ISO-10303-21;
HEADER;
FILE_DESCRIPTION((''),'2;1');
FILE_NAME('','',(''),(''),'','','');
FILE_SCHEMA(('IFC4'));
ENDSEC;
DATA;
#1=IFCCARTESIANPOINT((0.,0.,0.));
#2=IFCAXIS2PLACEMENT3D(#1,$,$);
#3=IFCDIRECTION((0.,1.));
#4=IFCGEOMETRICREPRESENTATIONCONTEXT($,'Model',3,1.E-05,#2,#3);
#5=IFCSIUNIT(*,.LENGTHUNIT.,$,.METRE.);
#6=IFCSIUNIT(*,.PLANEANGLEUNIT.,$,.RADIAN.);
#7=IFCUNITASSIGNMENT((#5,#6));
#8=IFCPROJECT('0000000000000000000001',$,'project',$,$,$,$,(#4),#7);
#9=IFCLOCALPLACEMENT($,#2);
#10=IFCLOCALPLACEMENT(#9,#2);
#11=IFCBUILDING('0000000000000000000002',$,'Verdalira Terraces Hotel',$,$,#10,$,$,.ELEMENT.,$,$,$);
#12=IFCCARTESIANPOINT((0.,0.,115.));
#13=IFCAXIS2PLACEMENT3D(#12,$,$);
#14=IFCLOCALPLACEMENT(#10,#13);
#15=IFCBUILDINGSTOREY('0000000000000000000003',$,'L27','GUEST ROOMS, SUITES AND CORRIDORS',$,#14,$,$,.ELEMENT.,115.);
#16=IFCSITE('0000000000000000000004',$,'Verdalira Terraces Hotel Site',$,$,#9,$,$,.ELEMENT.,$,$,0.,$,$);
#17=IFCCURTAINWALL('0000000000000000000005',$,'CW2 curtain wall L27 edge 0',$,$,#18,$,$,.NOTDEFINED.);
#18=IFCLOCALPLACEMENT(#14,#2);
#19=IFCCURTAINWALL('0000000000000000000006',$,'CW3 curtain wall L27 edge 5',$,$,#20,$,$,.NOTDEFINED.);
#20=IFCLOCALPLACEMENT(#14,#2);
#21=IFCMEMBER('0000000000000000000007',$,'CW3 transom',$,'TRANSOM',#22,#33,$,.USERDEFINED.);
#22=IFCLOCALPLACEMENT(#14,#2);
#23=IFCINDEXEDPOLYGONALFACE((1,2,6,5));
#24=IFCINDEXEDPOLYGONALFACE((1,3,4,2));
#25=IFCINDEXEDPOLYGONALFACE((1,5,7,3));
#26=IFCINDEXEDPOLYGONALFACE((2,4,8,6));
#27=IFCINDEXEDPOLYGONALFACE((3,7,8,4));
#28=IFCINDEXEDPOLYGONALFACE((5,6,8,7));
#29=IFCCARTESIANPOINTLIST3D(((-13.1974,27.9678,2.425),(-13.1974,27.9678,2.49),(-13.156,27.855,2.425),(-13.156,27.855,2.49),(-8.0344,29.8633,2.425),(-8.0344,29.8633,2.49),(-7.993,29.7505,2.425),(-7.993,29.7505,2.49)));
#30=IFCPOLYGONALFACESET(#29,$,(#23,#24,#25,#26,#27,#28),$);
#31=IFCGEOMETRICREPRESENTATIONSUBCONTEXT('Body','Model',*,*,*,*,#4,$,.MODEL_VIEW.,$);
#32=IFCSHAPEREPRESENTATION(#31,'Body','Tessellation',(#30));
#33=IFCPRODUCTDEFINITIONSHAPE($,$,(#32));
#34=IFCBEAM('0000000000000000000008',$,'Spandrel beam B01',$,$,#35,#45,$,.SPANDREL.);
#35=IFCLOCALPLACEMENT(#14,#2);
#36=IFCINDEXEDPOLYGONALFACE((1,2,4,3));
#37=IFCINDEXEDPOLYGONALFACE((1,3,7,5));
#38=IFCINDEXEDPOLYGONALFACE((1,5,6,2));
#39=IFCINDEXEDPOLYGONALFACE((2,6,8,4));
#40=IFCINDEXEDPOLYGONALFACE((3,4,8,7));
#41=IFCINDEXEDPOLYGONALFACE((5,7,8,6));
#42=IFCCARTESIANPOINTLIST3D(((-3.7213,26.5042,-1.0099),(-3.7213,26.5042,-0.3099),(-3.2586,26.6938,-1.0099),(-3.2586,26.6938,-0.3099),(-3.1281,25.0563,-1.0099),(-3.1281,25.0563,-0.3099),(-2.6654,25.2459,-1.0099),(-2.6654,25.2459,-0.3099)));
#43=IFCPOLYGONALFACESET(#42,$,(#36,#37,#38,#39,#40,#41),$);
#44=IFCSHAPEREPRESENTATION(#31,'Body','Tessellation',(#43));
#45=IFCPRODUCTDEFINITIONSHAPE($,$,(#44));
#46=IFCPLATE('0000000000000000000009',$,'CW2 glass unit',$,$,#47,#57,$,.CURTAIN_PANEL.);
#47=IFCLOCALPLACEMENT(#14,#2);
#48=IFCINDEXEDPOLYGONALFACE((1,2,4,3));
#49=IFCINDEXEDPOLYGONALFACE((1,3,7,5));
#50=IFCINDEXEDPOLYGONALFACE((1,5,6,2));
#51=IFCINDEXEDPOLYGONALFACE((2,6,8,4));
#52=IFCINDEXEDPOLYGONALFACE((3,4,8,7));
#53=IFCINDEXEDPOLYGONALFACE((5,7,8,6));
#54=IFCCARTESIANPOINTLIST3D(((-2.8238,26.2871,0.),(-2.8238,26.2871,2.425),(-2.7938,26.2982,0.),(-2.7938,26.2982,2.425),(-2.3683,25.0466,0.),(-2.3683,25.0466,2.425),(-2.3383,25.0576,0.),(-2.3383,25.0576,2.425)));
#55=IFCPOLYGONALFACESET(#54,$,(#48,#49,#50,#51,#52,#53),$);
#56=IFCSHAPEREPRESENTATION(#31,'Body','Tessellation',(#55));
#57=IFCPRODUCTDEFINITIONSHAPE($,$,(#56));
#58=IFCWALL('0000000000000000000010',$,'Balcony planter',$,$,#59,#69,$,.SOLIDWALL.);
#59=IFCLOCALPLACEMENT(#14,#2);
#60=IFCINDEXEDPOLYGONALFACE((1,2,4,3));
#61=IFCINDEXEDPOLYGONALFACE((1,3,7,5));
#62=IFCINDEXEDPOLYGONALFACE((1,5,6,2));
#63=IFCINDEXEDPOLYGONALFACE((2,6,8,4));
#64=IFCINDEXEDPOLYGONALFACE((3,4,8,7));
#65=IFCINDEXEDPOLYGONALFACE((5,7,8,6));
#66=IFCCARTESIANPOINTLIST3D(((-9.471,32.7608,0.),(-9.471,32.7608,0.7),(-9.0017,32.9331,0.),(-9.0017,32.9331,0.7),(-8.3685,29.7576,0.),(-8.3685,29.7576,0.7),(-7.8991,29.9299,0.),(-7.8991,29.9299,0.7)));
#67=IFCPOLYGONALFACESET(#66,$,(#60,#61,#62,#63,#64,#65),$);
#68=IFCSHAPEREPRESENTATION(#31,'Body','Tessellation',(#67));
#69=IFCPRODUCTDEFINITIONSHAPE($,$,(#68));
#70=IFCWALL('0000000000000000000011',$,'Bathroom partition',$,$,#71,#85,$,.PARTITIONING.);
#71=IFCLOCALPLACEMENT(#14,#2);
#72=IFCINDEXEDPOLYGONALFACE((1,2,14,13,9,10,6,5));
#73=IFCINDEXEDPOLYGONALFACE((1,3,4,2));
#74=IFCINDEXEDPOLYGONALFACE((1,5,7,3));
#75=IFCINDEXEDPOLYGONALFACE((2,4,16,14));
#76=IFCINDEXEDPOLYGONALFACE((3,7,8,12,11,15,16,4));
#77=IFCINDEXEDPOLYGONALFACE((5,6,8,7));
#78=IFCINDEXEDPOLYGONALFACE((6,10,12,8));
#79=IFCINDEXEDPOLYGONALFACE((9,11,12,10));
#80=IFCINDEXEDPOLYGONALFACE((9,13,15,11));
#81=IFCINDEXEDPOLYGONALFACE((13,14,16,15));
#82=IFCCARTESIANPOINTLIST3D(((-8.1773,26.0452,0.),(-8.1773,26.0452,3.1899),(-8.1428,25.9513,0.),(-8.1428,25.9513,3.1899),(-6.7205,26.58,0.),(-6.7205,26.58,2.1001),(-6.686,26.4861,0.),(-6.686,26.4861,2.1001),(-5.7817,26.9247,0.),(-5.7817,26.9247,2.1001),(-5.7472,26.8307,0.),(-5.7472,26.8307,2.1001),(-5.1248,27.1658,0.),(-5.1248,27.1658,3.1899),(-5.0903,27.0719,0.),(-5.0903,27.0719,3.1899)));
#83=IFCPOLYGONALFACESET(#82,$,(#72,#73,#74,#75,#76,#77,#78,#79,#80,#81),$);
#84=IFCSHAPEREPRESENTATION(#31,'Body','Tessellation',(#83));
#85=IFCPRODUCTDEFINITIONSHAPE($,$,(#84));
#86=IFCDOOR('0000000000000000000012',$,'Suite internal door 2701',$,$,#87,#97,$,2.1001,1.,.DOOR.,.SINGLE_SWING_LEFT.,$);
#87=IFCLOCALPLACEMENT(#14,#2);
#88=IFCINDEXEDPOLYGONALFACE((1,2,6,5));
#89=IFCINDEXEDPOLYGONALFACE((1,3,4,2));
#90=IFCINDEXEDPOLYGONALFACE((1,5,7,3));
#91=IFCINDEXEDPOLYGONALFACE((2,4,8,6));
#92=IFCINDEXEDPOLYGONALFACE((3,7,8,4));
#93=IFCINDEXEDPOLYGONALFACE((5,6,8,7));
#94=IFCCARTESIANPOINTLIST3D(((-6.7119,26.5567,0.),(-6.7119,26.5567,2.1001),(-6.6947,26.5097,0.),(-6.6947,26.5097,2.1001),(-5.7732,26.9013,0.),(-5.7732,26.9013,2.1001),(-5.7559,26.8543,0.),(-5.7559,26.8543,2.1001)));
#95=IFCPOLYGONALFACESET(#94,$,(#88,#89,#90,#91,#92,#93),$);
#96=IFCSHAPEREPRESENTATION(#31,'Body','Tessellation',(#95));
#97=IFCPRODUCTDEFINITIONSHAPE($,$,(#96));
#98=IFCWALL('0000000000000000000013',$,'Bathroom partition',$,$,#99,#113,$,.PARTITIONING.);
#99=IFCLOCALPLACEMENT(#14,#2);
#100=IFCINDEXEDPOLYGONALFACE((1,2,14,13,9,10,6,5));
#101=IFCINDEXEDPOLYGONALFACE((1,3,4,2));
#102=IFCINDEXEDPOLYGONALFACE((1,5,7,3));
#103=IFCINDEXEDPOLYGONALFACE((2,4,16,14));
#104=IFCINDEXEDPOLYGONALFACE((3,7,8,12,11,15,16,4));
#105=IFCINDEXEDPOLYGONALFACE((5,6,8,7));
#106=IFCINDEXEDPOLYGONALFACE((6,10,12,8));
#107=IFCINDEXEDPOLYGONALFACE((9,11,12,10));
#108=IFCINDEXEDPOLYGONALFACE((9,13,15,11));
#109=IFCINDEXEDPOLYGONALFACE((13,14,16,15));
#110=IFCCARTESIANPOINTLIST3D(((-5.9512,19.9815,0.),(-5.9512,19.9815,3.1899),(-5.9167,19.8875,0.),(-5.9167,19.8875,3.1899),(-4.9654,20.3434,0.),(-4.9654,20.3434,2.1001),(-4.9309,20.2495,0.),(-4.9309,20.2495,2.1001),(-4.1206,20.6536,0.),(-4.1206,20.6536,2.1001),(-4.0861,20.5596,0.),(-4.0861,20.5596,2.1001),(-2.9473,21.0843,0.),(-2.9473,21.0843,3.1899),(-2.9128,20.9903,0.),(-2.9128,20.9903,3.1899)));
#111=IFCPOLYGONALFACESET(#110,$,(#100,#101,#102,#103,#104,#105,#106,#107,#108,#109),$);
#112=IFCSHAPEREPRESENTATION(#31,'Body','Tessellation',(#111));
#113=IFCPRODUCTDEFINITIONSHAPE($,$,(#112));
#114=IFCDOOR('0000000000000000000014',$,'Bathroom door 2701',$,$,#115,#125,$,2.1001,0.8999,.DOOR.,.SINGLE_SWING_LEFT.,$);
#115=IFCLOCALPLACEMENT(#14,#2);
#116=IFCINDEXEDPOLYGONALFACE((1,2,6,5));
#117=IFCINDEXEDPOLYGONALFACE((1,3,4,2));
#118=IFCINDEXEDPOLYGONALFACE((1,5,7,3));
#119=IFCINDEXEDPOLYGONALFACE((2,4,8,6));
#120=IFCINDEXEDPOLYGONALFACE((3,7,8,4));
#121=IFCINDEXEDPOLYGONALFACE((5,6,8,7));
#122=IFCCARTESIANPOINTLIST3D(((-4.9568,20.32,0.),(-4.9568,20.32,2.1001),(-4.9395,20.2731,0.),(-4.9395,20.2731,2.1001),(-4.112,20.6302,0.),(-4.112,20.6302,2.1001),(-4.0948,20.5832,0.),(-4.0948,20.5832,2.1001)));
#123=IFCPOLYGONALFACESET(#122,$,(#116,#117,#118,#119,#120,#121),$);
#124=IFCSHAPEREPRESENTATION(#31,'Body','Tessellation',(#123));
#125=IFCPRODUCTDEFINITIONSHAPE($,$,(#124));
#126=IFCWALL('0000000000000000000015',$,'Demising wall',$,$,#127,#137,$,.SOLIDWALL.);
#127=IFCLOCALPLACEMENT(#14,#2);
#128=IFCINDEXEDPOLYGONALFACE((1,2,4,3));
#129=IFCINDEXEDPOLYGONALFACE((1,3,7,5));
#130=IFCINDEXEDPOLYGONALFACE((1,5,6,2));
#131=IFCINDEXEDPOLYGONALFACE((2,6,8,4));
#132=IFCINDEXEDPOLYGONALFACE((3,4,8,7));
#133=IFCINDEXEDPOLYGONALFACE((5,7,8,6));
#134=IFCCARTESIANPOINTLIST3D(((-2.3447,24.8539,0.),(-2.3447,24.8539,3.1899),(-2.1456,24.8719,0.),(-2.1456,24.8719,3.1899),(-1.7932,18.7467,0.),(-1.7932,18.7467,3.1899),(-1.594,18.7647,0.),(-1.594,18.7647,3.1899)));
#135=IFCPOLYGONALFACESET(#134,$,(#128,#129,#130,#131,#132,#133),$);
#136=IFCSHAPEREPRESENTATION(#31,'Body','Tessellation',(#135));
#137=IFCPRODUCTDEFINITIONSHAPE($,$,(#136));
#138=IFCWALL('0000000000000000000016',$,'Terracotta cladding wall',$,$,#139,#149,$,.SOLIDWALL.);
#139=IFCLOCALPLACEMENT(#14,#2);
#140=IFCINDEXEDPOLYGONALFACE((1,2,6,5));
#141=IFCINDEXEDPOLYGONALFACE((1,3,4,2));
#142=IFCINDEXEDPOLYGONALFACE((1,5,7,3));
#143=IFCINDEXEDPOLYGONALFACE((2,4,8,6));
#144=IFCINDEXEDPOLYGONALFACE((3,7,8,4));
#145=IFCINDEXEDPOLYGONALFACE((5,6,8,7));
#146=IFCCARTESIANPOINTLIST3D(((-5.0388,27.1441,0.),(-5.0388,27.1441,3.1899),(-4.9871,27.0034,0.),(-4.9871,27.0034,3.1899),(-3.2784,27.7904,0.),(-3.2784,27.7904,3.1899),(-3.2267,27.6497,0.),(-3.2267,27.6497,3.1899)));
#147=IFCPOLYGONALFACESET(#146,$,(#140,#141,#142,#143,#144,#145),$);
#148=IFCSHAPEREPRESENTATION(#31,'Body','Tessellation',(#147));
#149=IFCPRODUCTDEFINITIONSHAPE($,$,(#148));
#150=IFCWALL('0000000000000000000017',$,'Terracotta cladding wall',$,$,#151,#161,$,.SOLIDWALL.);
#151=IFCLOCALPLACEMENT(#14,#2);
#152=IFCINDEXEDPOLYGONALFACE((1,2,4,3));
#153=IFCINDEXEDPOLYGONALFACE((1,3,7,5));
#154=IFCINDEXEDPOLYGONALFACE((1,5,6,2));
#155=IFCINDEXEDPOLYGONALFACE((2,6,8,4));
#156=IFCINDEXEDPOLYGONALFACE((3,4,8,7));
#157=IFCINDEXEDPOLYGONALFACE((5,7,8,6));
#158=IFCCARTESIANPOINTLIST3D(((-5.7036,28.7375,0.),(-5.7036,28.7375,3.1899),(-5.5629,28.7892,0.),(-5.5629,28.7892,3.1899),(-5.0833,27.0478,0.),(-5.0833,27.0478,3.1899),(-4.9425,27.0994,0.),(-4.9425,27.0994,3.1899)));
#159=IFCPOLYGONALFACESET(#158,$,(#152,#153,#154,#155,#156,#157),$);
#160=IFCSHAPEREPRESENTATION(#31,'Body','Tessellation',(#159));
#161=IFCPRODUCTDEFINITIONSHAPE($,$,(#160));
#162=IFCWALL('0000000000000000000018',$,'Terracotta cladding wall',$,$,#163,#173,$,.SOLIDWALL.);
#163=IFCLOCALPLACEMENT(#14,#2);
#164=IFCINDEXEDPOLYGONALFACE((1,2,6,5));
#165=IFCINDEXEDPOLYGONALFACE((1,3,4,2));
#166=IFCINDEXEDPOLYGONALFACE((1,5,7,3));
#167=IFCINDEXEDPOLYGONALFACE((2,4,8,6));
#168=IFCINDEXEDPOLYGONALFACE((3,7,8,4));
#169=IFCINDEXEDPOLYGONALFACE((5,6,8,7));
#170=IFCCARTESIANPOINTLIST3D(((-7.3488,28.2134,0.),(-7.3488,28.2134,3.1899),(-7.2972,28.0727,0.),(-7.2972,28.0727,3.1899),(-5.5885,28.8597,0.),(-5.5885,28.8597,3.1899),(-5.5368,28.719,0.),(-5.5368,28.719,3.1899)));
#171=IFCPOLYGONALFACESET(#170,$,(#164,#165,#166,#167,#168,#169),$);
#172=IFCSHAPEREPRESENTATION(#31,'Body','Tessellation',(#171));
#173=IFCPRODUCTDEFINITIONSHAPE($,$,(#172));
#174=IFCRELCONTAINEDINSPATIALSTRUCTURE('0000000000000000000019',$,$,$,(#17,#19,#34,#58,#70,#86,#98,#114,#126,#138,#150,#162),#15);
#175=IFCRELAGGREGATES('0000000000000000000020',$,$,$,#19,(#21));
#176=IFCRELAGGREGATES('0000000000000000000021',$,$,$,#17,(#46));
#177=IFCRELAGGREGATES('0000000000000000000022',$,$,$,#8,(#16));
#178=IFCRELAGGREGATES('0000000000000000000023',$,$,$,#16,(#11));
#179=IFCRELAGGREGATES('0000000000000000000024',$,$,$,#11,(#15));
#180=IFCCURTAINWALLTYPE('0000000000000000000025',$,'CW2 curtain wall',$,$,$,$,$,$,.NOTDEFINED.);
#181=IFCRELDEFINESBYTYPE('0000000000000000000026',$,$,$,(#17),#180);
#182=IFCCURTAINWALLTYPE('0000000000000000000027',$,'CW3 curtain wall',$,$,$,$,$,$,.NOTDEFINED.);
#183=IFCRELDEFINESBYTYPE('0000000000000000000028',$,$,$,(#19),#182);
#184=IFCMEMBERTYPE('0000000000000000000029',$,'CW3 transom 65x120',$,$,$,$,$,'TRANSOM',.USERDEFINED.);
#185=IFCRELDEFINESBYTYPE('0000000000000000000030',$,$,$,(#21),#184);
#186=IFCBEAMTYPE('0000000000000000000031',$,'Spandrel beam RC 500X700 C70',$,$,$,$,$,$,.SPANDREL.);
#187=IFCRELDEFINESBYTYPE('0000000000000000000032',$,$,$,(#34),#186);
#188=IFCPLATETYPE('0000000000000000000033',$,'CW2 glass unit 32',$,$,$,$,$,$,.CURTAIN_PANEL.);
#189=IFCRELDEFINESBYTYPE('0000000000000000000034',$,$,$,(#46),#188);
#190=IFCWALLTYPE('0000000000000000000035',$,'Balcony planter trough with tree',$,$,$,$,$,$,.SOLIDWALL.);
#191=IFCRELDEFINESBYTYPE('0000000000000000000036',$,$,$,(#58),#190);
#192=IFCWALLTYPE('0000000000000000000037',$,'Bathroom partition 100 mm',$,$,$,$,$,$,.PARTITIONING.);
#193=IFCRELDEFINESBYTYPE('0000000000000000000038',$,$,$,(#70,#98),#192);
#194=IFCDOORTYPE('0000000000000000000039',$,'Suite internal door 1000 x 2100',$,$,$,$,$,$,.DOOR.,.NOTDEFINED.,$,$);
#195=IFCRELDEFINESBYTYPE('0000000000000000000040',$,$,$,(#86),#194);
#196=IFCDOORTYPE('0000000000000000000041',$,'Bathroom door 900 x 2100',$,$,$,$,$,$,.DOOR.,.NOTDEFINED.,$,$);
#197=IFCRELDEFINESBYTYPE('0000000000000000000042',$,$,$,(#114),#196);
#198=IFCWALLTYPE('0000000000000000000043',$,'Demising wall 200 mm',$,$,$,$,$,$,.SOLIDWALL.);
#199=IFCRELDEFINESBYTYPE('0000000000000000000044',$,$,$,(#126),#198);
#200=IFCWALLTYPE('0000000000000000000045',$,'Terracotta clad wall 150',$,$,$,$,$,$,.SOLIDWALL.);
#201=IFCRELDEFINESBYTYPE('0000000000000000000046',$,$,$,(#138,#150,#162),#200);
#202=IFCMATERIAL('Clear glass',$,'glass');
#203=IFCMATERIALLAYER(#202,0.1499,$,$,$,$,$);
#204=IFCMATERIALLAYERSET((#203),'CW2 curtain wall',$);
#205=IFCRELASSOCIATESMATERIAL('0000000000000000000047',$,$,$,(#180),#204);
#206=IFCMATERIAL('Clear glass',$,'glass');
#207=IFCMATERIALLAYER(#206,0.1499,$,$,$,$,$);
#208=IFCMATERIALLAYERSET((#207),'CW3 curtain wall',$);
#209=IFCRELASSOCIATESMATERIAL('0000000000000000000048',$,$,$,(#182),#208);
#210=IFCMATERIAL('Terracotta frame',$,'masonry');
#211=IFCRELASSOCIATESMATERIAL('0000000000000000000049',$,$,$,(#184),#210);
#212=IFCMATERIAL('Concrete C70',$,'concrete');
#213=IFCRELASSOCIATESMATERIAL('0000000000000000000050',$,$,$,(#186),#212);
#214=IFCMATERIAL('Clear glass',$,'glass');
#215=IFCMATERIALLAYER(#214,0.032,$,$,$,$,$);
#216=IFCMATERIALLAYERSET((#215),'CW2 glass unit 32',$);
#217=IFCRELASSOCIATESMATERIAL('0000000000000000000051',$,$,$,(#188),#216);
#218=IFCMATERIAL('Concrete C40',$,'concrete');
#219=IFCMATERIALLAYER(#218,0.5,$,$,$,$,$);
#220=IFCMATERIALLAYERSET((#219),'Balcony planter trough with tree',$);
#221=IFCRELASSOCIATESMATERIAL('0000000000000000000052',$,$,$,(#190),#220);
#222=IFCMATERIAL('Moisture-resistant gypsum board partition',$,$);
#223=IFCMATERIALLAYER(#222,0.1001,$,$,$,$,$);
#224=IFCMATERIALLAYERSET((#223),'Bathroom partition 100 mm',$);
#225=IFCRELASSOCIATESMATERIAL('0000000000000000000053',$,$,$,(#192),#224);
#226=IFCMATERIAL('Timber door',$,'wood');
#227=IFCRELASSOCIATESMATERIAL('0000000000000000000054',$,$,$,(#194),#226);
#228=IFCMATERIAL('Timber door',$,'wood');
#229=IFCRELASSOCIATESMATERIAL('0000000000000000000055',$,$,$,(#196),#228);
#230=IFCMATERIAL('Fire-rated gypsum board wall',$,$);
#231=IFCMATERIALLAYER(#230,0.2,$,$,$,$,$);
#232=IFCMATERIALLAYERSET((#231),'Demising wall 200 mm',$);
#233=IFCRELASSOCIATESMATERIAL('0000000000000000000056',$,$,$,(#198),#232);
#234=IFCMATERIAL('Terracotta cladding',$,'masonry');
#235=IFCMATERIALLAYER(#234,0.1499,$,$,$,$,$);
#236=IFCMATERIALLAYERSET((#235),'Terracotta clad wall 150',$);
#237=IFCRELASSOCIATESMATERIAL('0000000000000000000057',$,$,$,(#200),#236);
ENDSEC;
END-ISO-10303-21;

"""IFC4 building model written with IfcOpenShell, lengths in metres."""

from ifc_helpers import new_model, si_unit, direction, frame, frame_2d, origin, origin_2d, place, context, subcontext, project, spatial, rectangle, extrude, material, layer, layer_set, material_profile, profile_set, type_object, element, fill, aggregate, save


model = new_model("IFC4")

# Units and contexts
model_context = context("Model", 3, precision=1e-05, world=origin(), true_north=direction((0.0, 1.0)))
body_context = subcontext(model_context, "Body", "Model", "MODEL_VIEW")
ifc_project = project(units=[si_unit("LENGTHUNIT", "METRE"), si_unit("PLANEANGLEUNIT", "RADIAN")], contexts=[model_context])

# Site, building, storey
site_placement = place(None, origin())
site = spatial("IfcSite", under=ifc_project, at=site_placement, Name="Verdalira Terraces Hotel Site", CompositionType="ELEMENT", RefElevation=0.0)
building_placement = place(site_placement, origin())
building = spatial("IfcBuilding", under=site, at=building_placement, Name="Verdalira Terraces Hotel", CompositionType="ELEMENT")
storey_placement = place(building_placement, frame((0.0, 0.0, 115.0)))
storey = spatial("IfcBuildingStorey", under=building, at=storey_placement, Name="L27", Description="GUEST ROOMS, SUITES AND CORRIDORS", CompositionType="ELEMENT", Elevation=115.0)

# Curtain walls, member
ifc_material_1 = material(Name="Clear glass", Category="glass")
ifc_layer_1 = layer(ifc_material_1, 0.1499)
ifc_layer_set_1 = layer_set([ifc_layer_1], Name="CW2 curtain wall")
curtain_wall_type_1 = type_object("IfcCurtainWallType", Name="CW2 curtain wall", PredefinedType="NOTDEFINED", material=ifc_layer_set_1)
curtain_wall_1_placement = place(storey_placement, origin())
curtain_wall_1 = element("IfcCurtainWall", 1, at=curtain_wall_1_placement, inside=storey, type_object=curtain_wall_type_1, Name="CW2 curtain wall L27 edge 0", PredefinedType="NOTDEFINED")
ifc_material_2 = material(Name="Clear glass", Category="glass")
ifc_layer_2 = layer(ifc_material_2, 0.1499)
ifc_layer_set_2 = layer_set([ifc_layer_2], Name="CW3 curtain wall")
curtain_wall_type_2 = type_object("IfcCurtainWallType", Name="CW3 curtain wall", PredefinedType="NOTDEFINED", material=ifc_layer_set_2)
curtain_wall_2_placement = place(storey_placement, origin())
curtain_wall_2 = element("IfcCurtainWall", 2, at=curtain_wall_2_placement, inside=storey, type_object=curtain_wall_type_2, Name="CW3 curtain wall L27 edge 5", PredefinedType="NOTDEFINED")
ifc_material_3 = material(Name="Terracotta frame", Category="masonry")
ifc_material_profile_1 = material_profile(ifc_material_3, rectangle(XDim=0.1201, YDim=0.0649, at=origin_2d()), Name="TR 65x120")
ifc_profile_set_1 = profile_set([ifc_material_profile_1], Name="Terracotta frame")
member_type_1 = type_object("IfcMemberType", Name="CW3 transom 65x120", ElementType="TRANSOM", PredefinedType="USERDEFINED", material=ifc_profile_set_1)
member_1_placement = place(storey_placement, frame((-8.0137, 29.8069, 2.4575), z_axis=(-0.938737, -0.344635, 0.0), x_axis=(0.344635, -0.938737, 0.0)))
member_1 = element("IfcMember", 3, at=member_1_placement, type_object=member_type_1, Name="CW3 transom", ObjectType="TRANSOM", PredefinedType="USERDEFINED", context=body_context, shape_type="SweptSolid", body=[
    extrude(rectangle(XDim=0.1201, YDim=0.0649, at=origin_2d()), origin(), (0.0, 0.0, 1.0), 5.5),
])
aggregate(curtain_wall_2, [member_1])

# Beam
ifc_material_4 = material(Name="Concrete C70", Category="concrete")
ifc_material_profile_2 = material_profile(ifc_material_4, rectangle(XDim=0.5, YDim=0.7, at=origin_2d()), Name="RC 500X700")
ifc_profile_set_2 = profile_set([ifc_material_profile_2], Name="Concrete C70")
beam_type_1 = type_object("IfcBeamType", Name="Spandrel beam RC 500X700 C70", PredefinedType="SPANDREL", material=ifc_profile_set_2)
beam_1_placement = place(storey_placement, frame((-2.8967, 25.1511, -0.6599), z_axis=(-0.379125, 0.925346, 0.0), x_axis=(-0.925346, -0.379125, 0.0)))
element("IfcBeam", 4, at=beam_1_placement, inside=storey, type_object=beam_type_1, Name="Spandrel beam B01", PredefinedType="SPANDREL", context=body_context, shape_type="SweptSolid", body=[
    extrude(rectangle(XDim=0.5, YDim=0.7, at=origin_2d()), origin(), (0.0, 0.0, 1.0), 1.5647),
])

# Plate
ifc_material_5 = material(Name="Clear glass", Category="glass")
ifc_layer_3 = layer(ifc_material_5, 0.032)
ifc_layer_set_3 = layer_set([ifc_layer_3], Name="CW2 glass unit 32")
plate_type = type_object("IfcPlateType", Name="CW2 glass unit 32", PredefinedType="CURTAIN_PANEL", material=ifc_layer_set_3)
plate_placement = place(storey_placement, frame((-2.5811, 25.6724, 0.0), z_axis=(0.0, 0.0, 1.0), x_axis=(-0.344643, 0.938734, 0.0)))
plate = element("IfcPlate", 5, at=plate_placement, type_object=plate_type, Name="CW2 glass unit", PredefinedType="CURTAIN_PANEL", context=body_context, shape_type="SweptSolid", body=[
    extrude(rectangle(XDim=1.3215, YDim=0.032, at=origin_2d()), origin(), (0.0, 0.0, 1.0), 2.425),
])
aggregate(curtain_wall_1, [plate])

# Wall
ifc_material_6 = material(Name="Concrete C40", Category="concrete")
ifc_layer_4 = layer(ifc_material_6, 0.5)
ifc_layer_set_4 = layer_set([ifc_layer_4], Name="Balcony planter trough with tree")
wall_type_1 = type_object("IfcWallType", Name="Balcony planter trough with tree", PredefinedType="SOLIDWALL", material=ifc_layer_set_4)
wall_1_placement = place(storey_placement, frame((-8.1338, 29.8438, 0.0), z_axis=(0.0, 0.0, 1.0), x_axis=(-0.344634, 0.938737, 0.0)))
element("IfcWall", 6, at=wall_1_placement, inside=storey, type_object=wall_type_1, Name="Balcony planter", PredefinedType="SOLIDWALL", context=body_context, shape_type="SweptSolid", body=[
    extrude(rectangle(XDim=3.1992, YDim=0.5, at=frame_2d((1.5996, 0.0))), origin(), (0.0, 0.0, 1.0), 0.7),
])

# Walls, openings, doors
ifc_material_7 = material(Name="Moisture-resistant gypsum board partition")
ifc_layer_5 = layer(ifc_material_7, 0.1001)
ifc_layer_set_5 = layer_set([ifc_layer_5], Name="Bathroom partition 100 mm")
wall_type_2 = type_object("IfcWallType", Name="Bathroom partition 100 mm", PredefinedType="PARTITIONING", material=ifc_layer_set_5)
wall_2_placement = place(storey_placement, frame((-5.1074, 27.1189, 0.0), z_axis=(0.0, 0.0, 1.0), x_axis=(-0.938741, -0.344623, 0.0)))
wall_2 = element("IfcWall", 7, at=wall_2_placement, inside=storey, type_object=wall_type_2, Name="Bathroom partition", PredefinedType="PARTITIONING", context=body_context, shape_type="SweptSolid", body=[
    extrude(rectangle(XDim=3.2517, YDim=0.1001, at=frame_2d((1.626, 0.0))), origin(), (0.0, 0.0, 1.0), 3.1899),
])
opening_1_placement = place(wall_2_placement, frame((0.7, 0.0, 0.0)))
opening_1 = element("IfcOpeningElement", 8, at=opening_1_placement, cuts=wall_2, PredefinedType="OPENING", context=body_context, shape_type="SweptSolid", body=[
    extrude(rectangle(XDim=1.0, YDim=2.1001, at=frame_2d((0.5, 1.05))), frame((0.0, 0.0601, 0.0), z_axis=(0.0, -1.0, 0.0), x_axis=(1.0, 0.0, 0.0)), (0.0, 0.0, 1.0), 0.1201),
])
ifc_material_8 = material(Name="Timber door", Category="wood")
door_type_1 = type_object("IfcDoorType", Name="Suite internal door 1000 x 2100", OperationType="NOTDEFINED", PredefinedType="DOOR", material=ifc_material_8)
door_1_placement = place(opening_1_placement, origin())
door_1 = element("IfcDoor", 9, at=door_1_placement, inside=storey, type_object=door_type_1, Name="Suite internal door 2701", OperationType="SINGLE_SWING_LEFT", OverallHeight=2.1001, OverallWidth=1.0, PredefinedType="DOOR", context=body_context, shape_type="SweptSolid", body=[
    extrude(rectangle(XDim=1.0, YDim=2.1001, at=frame_2d((0.5, 1.05))), frame((0.0, 0.0249, 0.0), z_axis=(0.0, -1.0, 0.0), x_axis=(1.0, 0.0, 0.0)), (0.0, 0.0, 1.0), 0.05),
])
fill(opening_1, door_1)
wall_3_placement = place(storey_placement, frame((-2.9299, 21.0374, 0.0), z_axis=(0.0, 0.0, 1.0), x_axis=(-0.93874, -0.344627, 0.0)))
wall_3 = element("IfcWall", 10, at=wall_3_placement, inside=storey, type_object=wall_type_2, Name="Bathroom partition", PredefinedType="PARTITIONING", context=body_context, shape_type="SweptSolid", body=[
    extrude(rectangle(XDim=3.2, YDim=0.1001, at=frame_2d((1.6001, 0.0))), origin(), (0.0, 0.0, 1.0), 3.1899),
])
opening_2_placement = place(wall_3_placement, frame((1.25, 0.0, 0.0)))
opening_2 = element("IfcOpeningElement", 11, at=opening_2_placement, cuts=wall_3, PredefinedType="OPENING", context=body_context, shape_type="SweptSolid", body=[
    extrude(rectangle(XDim=0.8999, YDim=2.1001, at=frame_2d((0.45, 1.05))), frame((0.0, 0.0601, 0.0), z_axis=(0.0, -1.0, 0.0), x_axis=(1.0, 0.0, 0.0)), (0.0, 0.0, 1.0), 0.1201),
])
ifc_material_9 = material(Name="Timber door", Category="wood")
door_type_2 = type_object("IfcDoorType", Name="Bathroom door 900 x 2100", OperationType="NOTDEFINED", PredefinedType="DOOR", material=ifc_material_9)
door_2_placement = place(opening_2_placement, origin())
door_2 = element("IfcDoor", 12, at=door_2_placement, inside=storey, type_object=door_type_2, Name="Bathroom door 2701", OperationType="SINGLE_SWING_LEFT", OverallHeight=2.1001, OverallWidth=0.8999, PredefinedType="DOOR", context=body_context, shape_type="SweptSolid", body=[
    extrude(rectangle(XDim=0.8999, YDim=2.1001, at=frame_2d((0.45, 1.05))), frame((0.0, 0.0249, 0.0), z_axis=(0.0, -1.0, 0.0), x_axis=(1.0, 0.0, 0.0)), (0.0, 0.0, 1.0), 0.05),
])
fill(opening_2, door_2)

# Walls
ifc_material_10 = material(Name="Fire-rated gypsum board wall")
ifc_layer_6 = layer(ifc_material_10, 0.2)
ifc_layer_set_6 = layer_set([ifc_layer_6], Name="Demising wall 200 mm")
wall_type_3 = type_object("IfcWallType", Name="Demising wall 200 mm", PredefinedType="SOLIDWALL", material=ifc_layer_set_6)
wall_4_placement = place(storey_placement, frame((-2.2451, 24.8628, 0.0), z_axis=(0.0, 0.0, 1.0), x_axis=(0.08994, -0.995947, 0.0)))
element("IfcWall", 13, at=wall_4_placement, inside=storey, type_object=wall_type_3, Name="Demising wall", PredefinedType="SOLIDWALL", context=body_context, shape_type="SweptSolid", body=[
    extrude(rectangle(XDim=6.1321, YDim=0.2, at=frame_2d((3.0659, 0.0))), origin(), (0.0, 0.0, 1.0), 3.1899),
])
ifc_material_11 = material(Name="Terracotta cladding", Category="masonry")
ifc_layer_7 = layer(ifc_material_11, 0.1499)
ifc_layer_set_7 = layer_set([ifc_layer_7], Name="Terracotta clad wall 150")
wall_type_4 = type_object("IfcWallType", Name="Terracotta clad wall 150", PredefinedType="SOLIDWALL", material=ifc_layer_set_7)
wall_5_placement = place(storey_placement, frame((-3.2527, 27.72, 0.0), z_axis=(0.0, 0.0, 1.0), x_axis=(-0.938736, -0.344637, 0.0)))
element("IfcWall", 14, at=wall_5_placement, inside=storey, type_object=wall_type_4, Name="Terracotta cladding wall", PredefinedType="SOLIDWALL", context=body_context, shape_type="SweptSolid", body=[
    extrude(rectangle(XDim=1.8752, YDim=0.1499, at=frame_2d((0.9375, 0.0))), origin(), (0.0, 0.0, 1.0), 3.1899),
])
wall_6_placement = place(storey_placement, frame((-5.0129, 27.0737, 0.0), z_axis=(0.0, 0.0, 1.0), x_axis=(-0.344649, 0.938732, 0.0)))
element("IfcWall", 15, at=wall_6_placement, inside=storey, type_object=wall_type_4, Name="Terracotta cladding wall", PredefinedType="SOLIDWALL", context=body_context, shape_type="SweptSolid", body=[
    extrude(rectangle(XDim=1.8, YDim=0.1499, at=frame_2d((0.8999, 0.0))), origin(), (0.0, 0.0, 1.0), 3.1899),
])
for number, where, z_axis, x_axis, name in (
    (16, (-5.5627, 28.7893, 0.0), (0.0, 0.0, 1.0), (-0.938736, -0.344637, 0.0), "Terracotta cladding wall"),
):
    element("IfcWall", number, at=place(storey_placement, frame(where, z_axis=z_axis, x_axis=x_axis)), inside=storey, type_object=wall_type_4, Name=name, PredefinedType="SOLIDWALL", context=body_context, shape_type="SweptSolid", body=[
        extrude(rectangle(XDim=1.8752, YDim=0.1499, at=frame_2d((0.9375, 0.0))), origin(), (0.0, 0.0, 1.0), 3.1899),
    ])

save(model, "model.ifc")
